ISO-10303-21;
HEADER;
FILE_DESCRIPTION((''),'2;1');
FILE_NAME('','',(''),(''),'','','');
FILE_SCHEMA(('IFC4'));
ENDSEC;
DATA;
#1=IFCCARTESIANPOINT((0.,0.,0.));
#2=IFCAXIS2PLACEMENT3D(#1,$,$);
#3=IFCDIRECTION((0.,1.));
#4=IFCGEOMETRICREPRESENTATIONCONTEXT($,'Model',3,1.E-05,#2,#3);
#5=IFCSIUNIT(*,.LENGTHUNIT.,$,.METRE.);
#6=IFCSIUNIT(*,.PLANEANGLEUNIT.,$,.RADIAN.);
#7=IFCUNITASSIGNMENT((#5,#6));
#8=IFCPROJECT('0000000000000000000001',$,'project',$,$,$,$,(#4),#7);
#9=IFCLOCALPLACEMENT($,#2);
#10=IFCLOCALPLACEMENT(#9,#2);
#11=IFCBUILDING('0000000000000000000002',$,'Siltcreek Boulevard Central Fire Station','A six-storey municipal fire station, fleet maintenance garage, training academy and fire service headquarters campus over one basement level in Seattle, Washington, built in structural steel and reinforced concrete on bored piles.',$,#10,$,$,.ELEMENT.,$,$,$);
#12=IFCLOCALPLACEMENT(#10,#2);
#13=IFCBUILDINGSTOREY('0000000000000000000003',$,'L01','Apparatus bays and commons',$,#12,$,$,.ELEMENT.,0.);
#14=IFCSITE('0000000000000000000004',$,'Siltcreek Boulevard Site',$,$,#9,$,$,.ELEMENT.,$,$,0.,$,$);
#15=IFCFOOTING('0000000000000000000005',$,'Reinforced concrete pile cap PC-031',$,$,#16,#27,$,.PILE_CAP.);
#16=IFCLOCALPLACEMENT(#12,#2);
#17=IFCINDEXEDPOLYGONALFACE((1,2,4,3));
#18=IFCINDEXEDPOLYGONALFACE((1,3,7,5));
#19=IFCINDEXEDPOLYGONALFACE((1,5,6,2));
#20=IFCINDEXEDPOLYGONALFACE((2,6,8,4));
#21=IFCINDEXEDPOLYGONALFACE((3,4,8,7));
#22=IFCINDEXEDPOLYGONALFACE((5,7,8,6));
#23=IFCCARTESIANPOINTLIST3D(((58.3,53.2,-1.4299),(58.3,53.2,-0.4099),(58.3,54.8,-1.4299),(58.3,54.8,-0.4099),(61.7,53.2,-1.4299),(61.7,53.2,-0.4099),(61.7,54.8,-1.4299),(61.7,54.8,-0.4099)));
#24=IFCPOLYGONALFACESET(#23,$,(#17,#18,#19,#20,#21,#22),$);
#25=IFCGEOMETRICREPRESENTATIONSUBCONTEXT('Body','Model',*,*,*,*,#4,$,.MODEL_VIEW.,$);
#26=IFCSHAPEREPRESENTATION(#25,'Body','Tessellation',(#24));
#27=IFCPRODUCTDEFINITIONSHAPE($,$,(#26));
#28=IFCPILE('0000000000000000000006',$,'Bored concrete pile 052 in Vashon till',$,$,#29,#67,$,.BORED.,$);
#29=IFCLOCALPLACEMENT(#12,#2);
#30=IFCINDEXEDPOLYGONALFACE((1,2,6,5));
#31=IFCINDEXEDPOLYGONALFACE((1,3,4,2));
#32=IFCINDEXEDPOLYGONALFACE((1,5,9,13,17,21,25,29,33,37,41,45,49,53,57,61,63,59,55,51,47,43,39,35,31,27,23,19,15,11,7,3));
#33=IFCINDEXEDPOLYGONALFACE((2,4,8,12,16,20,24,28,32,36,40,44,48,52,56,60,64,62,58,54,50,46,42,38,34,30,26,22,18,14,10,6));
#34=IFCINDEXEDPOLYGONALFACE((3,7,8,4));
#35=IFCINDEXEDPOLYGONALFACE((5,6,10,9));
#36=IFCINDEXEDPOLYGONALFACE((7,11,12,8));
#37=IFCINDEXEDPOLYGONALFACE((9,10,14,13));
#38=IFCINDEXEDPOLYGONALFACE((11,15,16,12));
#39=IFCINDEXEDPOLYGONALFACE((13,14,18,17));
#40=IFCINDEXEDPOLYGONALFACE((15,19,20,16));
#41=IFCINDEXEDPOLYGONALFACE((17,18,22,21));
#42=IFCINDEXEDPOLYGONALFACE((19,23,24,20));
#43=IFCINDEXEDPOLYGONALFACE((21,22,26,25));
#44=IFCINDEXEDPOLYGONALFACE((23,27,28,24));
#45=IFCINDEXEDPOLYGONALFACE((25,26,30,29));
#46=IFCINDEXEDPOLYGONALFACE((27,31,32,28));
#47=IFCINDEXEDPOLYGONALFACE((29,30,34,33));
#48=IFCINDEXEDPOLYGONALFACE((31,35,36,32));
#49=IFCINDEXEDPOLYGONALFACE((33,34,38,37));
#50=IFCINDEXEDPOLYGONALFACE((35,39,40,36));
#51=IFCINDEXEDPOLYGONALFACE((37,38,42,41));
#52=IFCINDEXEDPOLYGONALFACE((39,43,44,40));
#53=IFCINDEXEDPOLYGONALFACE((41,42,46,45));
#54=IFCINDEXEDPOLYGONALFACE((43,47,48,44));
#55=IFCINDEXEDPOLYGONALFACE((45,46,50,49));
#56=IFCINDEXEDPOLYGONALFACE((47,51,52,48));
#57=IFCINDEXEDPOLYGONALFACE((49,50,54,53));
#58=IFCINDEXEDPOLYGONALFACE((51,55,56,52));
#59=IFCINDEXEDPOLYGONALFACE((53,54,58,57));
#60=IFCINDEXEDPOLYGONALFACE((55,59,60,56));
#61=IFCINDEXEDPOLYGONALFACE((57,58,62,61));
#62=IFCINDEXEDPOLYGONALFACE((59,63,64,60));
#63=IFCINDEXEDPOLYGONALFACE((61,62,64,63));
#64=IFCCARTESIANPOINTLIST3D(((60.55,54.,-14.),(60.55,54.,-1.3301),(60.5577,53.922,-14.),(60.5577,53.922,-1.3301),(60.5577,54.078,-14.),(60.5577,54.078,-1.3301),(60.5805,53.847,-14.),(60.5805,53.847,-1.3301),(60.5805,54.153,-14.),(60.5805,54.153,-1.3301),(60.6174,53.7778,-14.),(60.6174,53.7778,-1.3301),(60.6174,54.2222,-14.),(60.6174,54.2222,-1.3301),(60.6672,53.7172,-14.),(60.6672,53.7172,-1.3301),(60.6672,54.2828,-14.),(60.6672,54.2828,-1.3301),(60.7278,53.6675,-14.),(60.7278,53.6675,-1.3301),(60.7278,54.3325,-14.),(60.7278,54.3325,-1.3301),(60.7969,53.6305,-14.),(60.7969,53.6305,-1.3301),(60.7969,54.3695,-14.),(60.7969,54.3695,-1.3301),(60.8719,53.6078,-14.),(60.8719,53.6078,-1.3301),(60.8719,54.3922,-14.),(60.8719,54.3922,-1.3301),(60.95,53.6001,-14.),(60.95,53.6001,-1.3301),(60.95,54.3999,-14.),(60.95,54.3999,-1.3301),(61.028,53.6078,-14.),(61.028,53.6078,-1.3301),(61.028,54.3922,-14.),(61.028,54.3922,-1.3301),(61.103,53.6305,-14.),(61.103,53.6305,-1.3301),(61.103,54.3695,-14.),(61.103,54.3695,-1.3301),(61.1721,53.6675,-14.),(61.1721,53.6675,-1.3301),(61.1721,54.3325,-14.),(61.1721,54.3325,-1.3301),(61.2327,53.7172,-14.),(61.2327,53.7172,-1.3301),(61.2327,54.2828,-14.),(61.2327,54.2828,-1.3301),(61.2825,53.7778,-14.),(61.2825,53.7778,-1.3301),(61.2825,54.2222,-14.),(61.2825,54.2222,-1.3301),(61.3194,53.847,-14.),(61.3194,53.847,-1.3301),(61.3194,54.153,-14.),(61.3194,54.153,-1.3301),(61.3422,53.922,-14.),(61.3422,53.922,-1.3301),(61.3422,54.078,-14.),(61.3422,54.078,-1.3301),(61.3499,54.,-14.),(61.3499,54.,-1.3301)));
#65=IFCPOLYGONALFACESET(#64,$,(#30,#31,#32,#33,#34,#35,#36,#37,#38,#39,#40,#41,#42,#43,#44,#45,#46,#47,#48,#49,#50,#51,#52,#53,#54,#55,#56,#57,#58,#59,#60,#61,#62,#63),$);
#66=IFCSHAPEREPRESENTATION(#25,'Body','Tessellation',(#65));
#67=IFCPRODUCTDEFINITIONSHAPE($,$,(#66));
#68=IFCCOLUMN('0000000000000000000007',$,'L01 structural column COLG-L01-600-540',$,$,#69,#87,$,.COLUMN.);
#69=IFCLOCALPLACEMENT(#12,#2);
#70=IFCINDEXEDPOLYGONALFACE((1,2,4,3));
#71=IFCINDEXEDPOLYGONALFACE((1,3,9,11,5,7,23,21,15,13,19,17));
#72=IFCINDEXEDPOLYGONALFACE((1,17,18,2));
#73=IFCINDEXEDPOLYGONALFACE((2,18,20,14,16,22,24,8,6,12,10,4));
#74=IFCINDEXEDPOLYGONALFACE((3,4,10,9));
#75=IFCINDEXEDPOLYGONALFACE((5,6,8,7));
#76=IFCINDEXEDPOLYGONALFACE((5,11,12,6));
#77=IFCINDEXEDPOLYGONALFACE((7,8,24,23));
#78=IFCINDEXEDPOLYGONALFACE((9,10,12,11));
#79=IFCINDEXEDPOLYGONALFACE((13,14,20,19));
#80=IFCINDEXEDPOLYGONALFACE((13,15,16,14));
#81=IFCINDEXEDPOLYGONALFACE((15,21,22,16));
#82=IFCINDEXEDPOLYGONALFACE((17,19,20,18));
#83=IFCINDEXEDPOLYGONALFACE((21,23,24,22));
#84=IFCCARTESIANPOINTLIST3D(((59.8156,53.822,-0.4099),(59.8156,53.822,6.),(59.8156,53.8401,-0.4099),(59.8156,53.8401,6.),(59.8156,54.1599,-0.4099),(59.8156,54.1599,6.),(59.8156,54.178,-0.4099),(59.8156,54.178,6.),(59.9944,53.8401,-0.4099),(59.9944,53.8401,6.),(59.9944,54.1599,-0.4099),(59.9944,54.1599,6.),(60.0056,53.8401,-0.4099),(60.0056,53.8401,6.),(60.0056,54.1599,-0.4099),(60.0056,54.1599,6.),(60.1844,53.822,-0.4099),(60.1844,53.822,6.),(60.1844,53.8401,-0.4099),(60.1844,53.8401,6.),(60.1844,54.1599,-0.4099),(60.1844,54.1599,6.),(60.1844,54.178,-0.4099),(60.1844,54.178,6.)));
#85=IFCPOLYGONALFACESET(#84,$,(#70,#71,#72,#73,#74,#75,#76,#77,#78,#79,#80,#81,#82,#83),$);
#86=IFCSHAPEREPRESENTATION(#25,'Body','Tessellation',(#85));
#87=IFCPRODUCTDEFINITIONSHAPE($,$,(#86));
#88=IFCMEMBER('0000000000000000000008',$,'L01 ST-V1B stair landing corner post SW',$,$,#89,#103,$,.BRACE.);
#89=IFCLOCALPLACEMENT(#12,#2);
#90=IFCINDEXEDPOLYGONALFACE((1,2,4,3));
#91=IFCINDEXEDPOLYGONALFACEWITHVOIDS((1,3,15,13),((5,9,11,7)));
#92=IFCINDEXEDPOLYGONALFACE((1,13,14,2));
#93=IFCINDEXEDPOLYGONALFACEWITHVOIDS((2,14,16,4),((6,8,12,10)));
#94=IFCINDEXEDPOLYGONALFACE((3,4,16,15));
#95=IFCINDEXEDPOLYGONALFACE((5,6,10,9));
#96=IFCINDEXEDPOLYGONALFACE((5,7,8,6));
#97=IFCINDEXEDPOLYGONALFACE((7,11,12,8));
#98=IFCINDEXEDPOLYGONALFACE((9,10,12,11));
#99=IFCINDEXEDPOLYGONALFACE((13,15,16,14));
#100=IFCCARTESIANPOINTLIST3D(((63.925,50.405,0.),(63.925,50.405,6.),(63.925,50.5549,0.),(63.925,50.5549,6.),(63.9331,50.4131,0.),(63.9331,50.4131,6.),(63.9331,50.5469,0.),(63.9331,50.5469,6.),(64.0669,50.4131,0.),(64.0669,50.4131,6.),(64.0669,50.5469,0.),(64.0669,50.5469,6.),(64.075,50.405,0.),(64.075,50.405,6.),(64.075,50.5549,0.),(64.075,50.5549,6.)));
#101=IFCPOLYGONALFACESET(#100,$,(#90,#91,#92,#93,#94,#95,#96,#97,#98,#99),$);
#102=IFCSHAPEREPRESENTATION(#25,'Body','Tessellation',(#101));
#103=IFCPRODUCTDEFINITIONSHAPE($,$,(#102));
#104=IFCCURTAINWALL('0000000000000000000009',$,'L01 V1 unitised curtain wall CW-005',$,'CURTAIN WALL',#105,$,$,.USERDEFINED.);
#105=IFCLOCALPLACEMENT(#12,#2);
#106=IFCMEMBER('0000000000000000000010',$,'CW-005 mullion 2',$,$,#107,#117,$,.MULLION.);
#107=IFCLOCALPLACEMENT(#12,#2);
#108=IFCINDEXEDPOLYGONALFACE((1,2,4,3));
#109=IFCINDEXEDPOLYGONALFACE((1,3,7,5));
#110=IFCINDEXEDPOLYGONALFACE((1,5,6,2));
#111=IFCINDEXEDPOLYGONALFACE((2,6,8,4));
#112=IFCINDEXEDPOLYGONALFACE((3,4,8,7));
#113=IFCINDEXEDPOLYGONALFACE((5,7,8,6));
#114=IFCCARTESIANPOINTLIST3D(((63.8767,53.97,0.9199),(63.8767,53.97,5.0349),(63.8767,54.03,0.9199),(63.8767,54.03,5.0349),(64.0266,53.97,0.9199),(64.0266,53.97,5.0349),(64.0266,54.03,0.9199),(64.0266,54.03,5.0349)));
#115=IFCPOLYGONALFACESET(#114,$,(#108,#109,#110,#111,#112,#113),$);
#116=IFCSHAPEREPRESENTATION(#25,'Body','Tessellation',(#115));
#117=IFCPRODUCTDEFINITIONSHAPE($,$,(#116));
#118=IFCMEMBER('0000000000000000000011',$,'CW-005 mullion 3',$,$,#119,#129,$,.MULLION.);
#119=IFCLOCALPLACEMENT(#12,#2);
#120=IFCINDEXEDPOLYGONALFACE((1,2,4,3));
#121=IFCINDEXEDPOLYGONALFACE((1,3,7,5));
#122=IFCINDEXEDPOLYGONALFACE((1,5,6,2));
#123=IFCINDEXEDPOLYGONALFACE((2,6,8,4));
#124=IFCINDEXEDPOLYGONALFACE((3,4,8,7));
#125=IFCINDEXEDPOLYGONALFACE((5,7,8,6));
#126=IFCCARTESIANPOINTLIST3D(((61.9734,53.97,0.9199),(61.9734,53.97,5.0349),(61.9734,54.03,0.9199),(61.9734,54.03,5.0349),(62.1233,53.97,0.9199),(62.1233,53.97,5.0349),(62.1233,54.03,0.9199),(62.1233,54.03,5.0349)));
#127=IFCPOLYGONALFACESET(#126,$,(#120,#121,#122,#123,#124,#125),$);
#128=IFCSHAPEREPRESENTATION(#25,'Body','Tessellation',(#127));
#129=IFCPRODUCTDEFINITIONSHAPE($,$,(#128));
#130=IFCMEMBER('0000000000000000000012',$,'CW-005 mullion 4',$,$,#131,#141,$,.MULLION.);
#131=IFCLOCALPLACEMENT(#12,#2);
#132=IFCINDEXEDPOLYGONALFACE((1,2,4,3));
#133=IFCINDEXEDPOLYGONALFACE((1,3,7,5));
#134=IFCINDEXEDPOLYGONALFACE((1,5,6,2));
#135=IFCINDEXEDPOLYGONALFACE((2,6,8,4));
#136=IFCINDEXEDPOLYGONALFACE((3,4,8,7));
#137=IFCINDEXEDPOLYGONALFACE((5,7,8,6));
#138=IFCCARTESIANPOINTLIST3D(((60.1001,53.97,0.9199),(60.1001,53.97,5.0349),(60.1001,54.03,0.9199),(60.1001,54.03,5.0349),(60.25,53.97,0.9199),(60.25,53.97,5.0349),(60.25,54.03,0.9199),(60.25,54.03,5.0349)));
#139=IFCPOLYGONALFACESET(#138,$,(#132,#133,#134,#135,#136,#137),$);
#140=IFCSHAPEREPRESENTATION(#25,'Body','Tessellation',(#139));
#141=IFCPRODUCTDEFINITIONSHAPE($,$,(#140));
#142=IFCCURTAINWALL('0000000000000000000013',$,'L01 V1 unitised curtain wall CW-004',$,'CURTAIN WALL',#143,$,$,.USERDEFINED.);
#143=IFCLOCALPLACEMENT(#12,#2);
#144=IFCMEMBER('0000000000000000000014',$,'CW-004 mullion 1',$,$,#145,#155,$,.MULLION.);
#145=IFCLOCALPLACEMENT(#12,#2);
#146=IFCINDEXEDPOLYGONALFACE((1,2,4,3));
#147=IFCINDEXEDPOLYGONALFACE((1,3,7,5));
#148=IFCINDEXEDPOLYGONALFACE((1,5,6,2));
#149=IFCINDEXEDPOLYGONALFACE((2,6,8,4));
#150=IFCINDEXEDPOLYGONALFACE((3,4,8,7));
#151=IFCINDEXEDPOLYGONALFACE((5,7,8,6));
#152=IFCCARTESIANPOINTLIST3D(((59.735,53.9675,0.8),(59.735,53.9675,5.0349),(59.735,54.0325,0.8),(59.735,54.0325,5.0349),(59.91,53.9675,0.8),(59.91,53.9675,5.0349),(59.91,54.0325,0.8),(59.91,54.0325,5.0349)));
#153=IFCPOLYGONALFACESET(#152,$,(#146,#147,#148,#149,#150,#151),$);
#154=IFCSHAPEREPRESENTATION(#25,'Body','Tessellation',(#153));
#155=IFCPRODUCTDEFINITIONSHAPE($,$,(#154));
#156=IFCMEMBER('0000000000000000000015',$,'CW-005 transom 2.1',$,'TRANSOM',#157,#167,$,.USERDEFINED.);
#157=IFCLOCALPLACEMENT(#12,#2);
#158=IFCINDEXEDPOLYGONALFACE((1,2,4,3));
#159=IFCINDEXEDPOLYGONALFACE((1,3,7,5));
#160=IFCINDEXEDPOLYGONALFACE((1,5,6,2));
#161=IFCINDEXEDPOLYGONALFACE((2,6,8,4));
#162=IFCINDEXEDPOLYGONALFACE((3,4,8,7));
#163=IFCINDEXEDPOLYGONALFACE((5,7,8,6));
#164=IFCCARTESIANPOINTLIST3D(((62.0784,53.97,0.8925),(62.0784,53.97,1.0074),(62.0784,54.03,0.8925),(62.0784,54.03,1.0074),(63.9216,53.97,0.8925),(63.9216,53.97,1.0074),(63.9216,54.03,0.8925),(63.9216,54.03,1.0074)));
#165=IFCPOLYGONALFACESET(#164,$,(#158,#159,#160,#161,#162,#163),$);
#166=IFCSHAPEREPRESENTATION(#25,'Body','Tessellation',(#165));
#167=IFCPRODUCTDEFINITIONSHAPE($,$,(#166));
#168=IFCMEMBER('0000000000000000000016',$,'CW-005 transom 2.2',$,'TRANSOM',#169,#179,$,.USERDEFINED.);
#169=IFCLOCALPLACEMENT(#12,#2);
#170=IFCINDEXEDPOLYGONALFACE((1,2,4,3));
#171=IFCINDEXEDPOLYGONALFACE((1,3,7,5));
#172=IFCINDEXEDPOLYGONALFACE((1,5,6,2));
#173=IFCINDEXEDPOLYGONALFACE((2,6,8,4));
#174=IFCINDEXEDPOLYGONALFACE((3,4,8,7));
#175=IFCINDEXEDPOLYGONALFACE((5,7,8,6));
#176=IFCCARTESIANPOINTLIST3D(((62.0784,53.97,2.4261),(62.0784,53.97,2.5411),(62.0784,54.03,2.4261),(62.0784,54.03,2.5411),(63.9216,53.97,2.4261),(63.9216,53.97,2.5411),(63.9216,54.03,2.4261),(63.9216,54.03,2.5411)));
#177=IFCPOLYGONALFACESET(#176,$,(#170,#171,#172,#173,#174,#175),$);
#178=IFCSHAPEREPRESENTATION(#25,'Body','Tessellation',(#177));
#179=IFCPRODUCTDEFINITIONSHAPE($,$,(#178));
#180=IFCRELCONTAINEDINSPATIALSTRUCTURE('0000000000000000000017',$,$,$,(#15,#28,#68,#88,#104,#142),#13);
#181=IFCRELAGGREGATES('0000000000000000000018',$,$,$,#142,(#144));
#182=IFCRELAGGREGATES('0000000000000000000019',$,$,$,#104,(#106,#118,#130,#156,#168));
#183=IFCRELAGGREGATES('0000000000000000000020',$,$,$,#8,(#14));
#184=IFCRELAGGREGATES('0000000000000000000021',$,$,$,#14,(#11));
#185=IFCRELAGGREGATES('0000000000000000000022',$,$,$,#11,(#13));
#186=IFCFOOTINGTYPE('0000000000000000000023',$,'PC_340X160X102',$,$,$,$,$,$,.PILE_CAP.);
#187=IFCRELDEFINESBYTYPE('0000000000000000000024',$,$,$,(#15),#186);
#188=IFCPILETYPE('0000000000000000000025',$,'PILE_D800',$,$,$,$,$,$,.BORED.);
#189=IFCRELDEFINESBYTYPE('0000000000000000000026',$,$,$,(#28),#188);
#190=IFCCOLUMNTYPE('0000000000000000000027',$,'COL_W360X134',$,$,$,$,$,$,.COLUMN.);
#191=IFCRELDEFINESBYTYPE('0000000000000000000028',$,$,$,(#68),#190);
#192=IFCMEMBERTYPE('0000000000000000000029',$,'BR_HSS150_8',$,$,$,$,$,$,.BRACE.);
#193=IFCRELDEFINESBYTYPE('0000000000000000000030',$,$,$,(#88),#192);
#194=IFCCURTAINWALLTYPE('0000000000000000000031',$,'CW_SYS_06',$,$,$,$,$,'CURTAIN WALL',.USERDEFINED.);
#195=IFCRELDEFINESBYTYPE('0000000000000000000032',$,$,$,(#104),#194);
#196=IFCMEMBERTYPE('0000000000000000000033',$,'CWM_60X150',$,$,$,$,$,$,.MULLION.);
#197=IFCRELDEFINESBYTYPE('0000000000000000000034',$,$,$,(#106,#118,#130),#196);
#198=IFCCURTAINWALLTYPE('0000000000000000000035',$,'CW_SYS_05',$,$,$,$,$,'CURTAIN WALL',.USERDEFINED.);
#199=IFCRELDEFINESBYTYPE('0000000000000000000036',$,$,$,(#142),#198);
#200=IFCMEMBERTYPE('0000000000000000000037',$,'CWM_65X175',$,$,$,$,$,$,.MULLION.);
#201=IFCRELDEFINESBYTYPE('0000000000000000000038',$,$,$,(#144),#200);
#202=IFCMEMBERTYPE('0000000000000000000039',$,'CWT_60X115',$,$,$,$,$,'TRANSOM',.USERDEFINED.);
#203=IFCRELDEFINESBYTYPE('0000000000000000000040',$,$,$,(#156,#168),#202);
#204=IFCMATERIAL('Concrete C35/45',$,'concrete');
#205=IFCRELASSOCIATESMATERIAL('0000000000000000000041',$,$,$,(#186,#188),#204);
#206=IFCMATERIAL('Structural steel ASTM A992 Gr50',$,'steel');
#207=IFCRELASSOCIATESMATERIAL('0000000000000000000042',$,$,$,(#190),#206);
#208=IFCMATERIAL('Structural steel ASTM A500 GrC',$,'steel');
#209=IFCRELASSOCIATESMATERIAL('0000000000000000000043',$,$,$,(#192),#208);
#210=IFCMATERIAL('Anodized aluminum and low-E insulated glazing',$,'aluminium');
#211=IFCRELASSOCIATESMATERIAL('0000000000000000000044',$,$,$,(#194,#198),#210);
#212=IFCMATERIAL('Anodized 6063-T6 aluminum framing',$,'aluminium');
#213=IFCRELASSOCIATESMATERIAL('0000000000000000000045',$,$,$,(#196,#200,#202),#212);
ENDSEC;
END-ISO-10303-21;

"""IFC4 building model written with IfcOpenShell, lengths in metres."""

from ifc_helpers import new_model, si_unit, direction, frame, origin, origin_2d, place, context, subcontext, project, spatial, rectangle, hollow_rectangle, circle, i_section, extrude, material, material_profile, profile_set, type_object, element, aggregate, save


model = new_model("IFC4")

# Units and contexts
model_context = context("Model", 3, precision=1e-05, world=origin(), true_north=direction((0.0, 1.0)))
body_context = subcontext(model_context, "Body", "Model", "MODEL_VIEW")
ifc_project = project(units=[si_unit("LENGTHUNIT", "METRE"), si_unit("PLANEANGLEUNIT", "RADIAN")], contexts=[model_context])

# Site, building, storey
site_placement = place(None, origin())
site = spatial("IfcSite", under=ifc_project, at=site_placement, Name="Siltcreek Boulevard Site", CompositionType="ELEMENT", RefElevation=0.0)
building_placement = place(site_placement, origin())
building = spatial("IfcBuilding", under=site, at=building_placement, Name="Siltcreek Boulevard Central Fire Station", Description="A six-storey municipal fire station, fleet maintenance garage, training academy and fire service headquarters campus over one basement level in Seattle, Washington, built in structural steel and reinforced concrete on bored piles.", CompositionType="ELEMENT")
storey_placement = place(building_placement, origin())
storey = spatial("IfcBuildingStorey", under=building, at=storey_placement, Name="L01", Description="Apparatus bays and commons", CompositionType="ELEMENT", Elevation=0.0)

# Footing
ifc_material_1 = material(Name="Concrete C35/45", Category="concrete")
footing_type = type_object("IfcFootingType", Name="PC_340X160X102", PredefinedType="PILE_CAP", material=ifc_material_1)
footing_placement = place(storey_placement, frame((60.0, 54.0, -1.4299), z_axis=(0.0, 0.0, 1.0), x_axis=(1.0, 0.0, 0.0)))
element("IfcFooting", 1, at=footing_placement, inside=storey, type_object=footing_type, Name="Reinforced concrete pile cap PC-031", PredefinedType="PILE_CAP", context=body_context, shape_type="SweptSolid", body=[
    extrude(rectangle(XDim=3.3999, YDim=1.6001, at=origin_2d()), origin(), (0.0, 0.0, 1.0), 1.02),
])

# Pile
ifc_material_profile_1 = material_profile(ifc_material_1, circle(Radius=0.3999, at=origin_2d()), Name="SHAFT800")
ifc_profile_set_1 = profile_set([ifc_material_profile_1], Name="Concrete C35/45")
pile_type = type_object("IfcPileType", Name="PILE_D800", PredefinedType="BORED", material=ifc_profile_set_1)
pile_placement = place(storey_placement, frame((60.95, 54.0, -1.3301), z_axis=(0.0, 0.0, -1.0), x_axis=(1.0, 0.0, 0.0)))
element("IfcPile", 2, at=pile_placement, inside=storey, type_object=pile_type, Name="Bored concrete pile 052 in Vashon till", PredefinedType="BORED", context=body_context, shape_type="SweptSolid", body=[
    extrude(circle(Radius=0.3999, at=origin_2d()), origin(), (0.0, 0.0, 1.0), 12.6699),
])

# Column
ifc_material_2 = material(Name="Structural steel ASTM A992 Gr50", Category="steel")
ifc_material_profile_2 = material_profile(ifc_material_2, i_section(OverallWidth=0.3689, OverallDepth=0.356, WebThickness=0.0112, FlangeThickness=0.0181, at=origin_2d()), Name="W360X134")
ifc_profile_set_2 = profile_set([ifc_material_profile_2], Name="Structural steel ASTM A992 Gr50")
column_type = type_object("IfcColumnType", Name="COL_W360X134", PredefinedType="COLUMN", material=ifc_profile_set_2)
column_placement = place(storey_placement, frame((60.0, 54.0, -0.4099), z_axis=(0.0, 0.0, 1.0), x_axis=(1.0, 0.0, 0.0)))
element("IfcColumn", 3, at=column_placement, inside=storey, type_object=column_type, Name="L01 structural column COLG-L01-600-540", PredefinedType="COLUMN", context=body_context, shape_type="SweptSolid", body=[
    extrude(i_section(OverallWidth=0.3689, OverallDepth=0.356, WebThickness=0.0112, FlangeThickness=0.0181, at=origin_2d()), origin(), (0.0, 0.0, 1.0), 6.4099),
])

# Member
ifc_material_3 = material(Name="Structural steel ASTM A500 GrC", Category="steel")
ifc_material_profile_3 = material_profile(ifc_material_3, hollow_rectangle(XDim=0.1499, YDim=0.1499, WallThickness=0.0081, at=origin_2d()), Name="HSS150X150X8.0")
ifc_profile_set_3 = profile_set([ifc_material_profile_3], Name="Structural steel ASTM A500 GrC")
member_type_1 = type_object("IfcMemberType", Name="BR_HSS150_8", PredefinedType="BRACE", material=ifc_profile_set_3)
member_1_placement = place(storey_placement, frame((64.0, 50.48, 0.0), z_axis=(0.0, 0.0, 1.0), x_axis=(1.0, 0.0, 0.0)))
element("IfcMember", 4, at=member_1_placement, inside=storey, type_object=member_type_1, Name="L01 ST-V1B stair landing corner post SW", PredefinedType="BRACE", context=body_context, shape_type="SweptSolid", body=[
    extrude(hollow_rectangle(XDim=0.1499, YDim=0.1499, WallThickness=0.0081, at=origin_2d()), origin(), (0.0, 0.0, 1.0), 6.0),
])

# Curtain wall, members
ifc_material_4 = material(Name="Anodized aluminum and low-E insulated glazing", Category="aluminium")
curtain_wall_type_1 = type_object("IfcCurtainWallType", Name="CW_SYS_06", ElementType="CURTAIN WALL", PredefinedType="USERDEFINED", material=ifc_material_4)
curtain_wall_1_placement = place(storey_placement, origin())
curtain_wall_1 = element("IfcCurtainWall", 5, at=curtain_wall_1_placement, inside=storey, type_object=curtain_wall_type_1, Name="L01 V1 unitised curtain wall CW-005", ObjectType="CURTAIN WALL", PredefinedType="USERDEFINED")
ifc_material_5 = material(Name="Anodized 6063-T6 aluminum framing", Category="aluminium")
ifc_material_profile_4 = material_profile(ifc_material_5, rectangle(XDim=0.0601, YDim=0.1499, at=origin_2d()), Name="MULL60X150")
ifc_profile_set_4 = profile_set([ifc_material_profile_4], Name="Anodized 6063-T6 aluminum framing")
member_type_2 = type_object("IfcMemberType", Name="CWM_60X150", PredefinedType="MULLION", material=ifc_profile_set_4)
member_2_placement = place(storey_placement, frame((63.9517, 54.0, 0.9199), z_axis=(0.0, 0.0, 1.0), x_axis=(0.0, -1.0, 0.0)))
member_2 = element("IfcMember", 6, at=member_2_placement, type_object=member_type_2, Name="CW-005 mullion 2", PredefinedType="MULLION", context=body_context, shape_type="SweptSolid", body=[
    extrude(rectangle(XDim=0.0601, YDim=0.1499, at=origin_2d()), origin(), (0.0, 0.0, 1.0), 4.115),
])
member_3_placement = place(storey_placement, frame((62.0483, 54.0, 0.9199), z_axis=(0.0, 0.0, 1.0), x_axis=(0.0, -1.0, 0.0)))
member_3 = element("IfcMember", 7, at=member_3_placement, type_object=member_type_2, Name="CW-005 mullion 3", PredefinedType="MULLION", context=body_context, shape_type="SweptSolid", body=[
    extrude(rectangle(XDim=0.0601, YDim=0.1499, at=origin_2d()), origin(), (0.0, 0.0, 1.0), 4.115),
])
member_4_placement = place(storey_placement, frame((60.175, 54.0, 0.9199), z_axis=(0.0, 0.0, 1.0), x_axis=(0.0, -1.0, 0.0)))
member_4 = element("IfcMember", 8, at=member_4_placement, type_object=member_type_2, Name="CW-005 mullion 4", PredefinedType="MULLION", context=body_context, shape_type="SweptSolid", body=[
    extrude(rectangle(XDim=0.0601, YDim=0.1499, at=origin_2d()), origin(), (0.0, 0.0, 1.0), 4.115),
])

# Curtain wall, member
curtain_wall_type_2 = type_object("IfcCurtainWallType", Name="CW_SYS_05", ElementType="CURTAIN WALL", PredefinedType="USERDEFINED", material=ifc_material_4)
curtain_wall_2_placement = place(storey_placement, origin())
curtain_wall_2 = element("IfcCurtainWall", 9, at=curtain_wall_2_placement, inside=storey, type_object=curtain_wall_type_2, Name="L01 V1 unitised curtain wall CW-004", ObjectType="CURTAIN WALL", PredefinedType="USERDEFINED")
ifc_material_profile_5 = material_profile(ifc_material_5, rectangle(XDim=0.0649, YDim=0.175, at=origin_2d()), Name="MULL65X175")
ifc_profile_set_5 = profile_set([ifc_material_profile_5], Name="Anodized 6063-T6 aluminum framing")
member_type_3 = type_object("IfcMemberType", Name="CWM_65X175", PredefinedType="MULLION", material=ifc_profile_set_5)
member_5_placement = place(storey_placement, frame((59.8225, 54.0, 0.8), z_axis=(0.0, 0.0, 1.0), x_axis=(0.0, -1.0, 0.0)))
member_5 = element("IfcMember", 10, at=member_5_placement, type_object=member_type_3, Name="CW-004 mullion 1", PredefinedType="MULLION", context=body_context, shape_type="SweptSolid", body=[
    extrude(rectangle(XDim=0.0649, YDim=0.175, at=origin_2d()), origin(), (0.0, 0.0, 1.0), 4.2349),
])

# Members
ifc_material_profile_6 = material_profile(ifc_material_5, rectangle(XDim=0.0601, YDim=0.115, at=origin_2d()), Name="TRAN60X115")
ifc_profile_set_6 = profile_set([ifc_material_profile_6], Name="Anodized 6063-T6 aluminum framing")
member_type_4 = type_object("IfcMemberType", Name="CWT_60X115", ElementType="TRANSOM", PredefinedType="USERDEFINED", material=ifc_profile_set_6)
member_6_placement = place(storey_placement, frame((63.9216, 54.0, 0.95), z_axis=(-1.0, 0.0, 0.0), x_axis=(0.0, -1.0, 0.0)))
member_6 = element("IfcMember", 11, at=member_6_placement, type_object=member_type_4, Name="CW-005 transom 2.1", ObjectType="TRANSOM", PredefinedType="USERDEFINED", context=body_context, shape_type="SweptSolid", body=[
    extrude(rectangle(XDim=0.0601, YDim=0.115, at=origin_2d()), origin(), (0.0, 0.0, 1.0), 1.8433),
])
member_7_placement = place(storey_placement, frame((63.9216, 54.0, 2.4836), z_axis=(-1.0, 0.0, 0.0), x_axis=(0.0, -1.0, 0.0)))
member_7 = element("IfcMember", 12, at=member_7_placement, type_object=member_type_4, Name="CW-005 transom 2.2", ObjectType="TRANSOM", PredefinedType="USERDEFINED", context=body_context, shape_type="SweptSolid", body=[
    extrude(rectangle(XDim=0.0601, YDim=0.115, at=origin_2d()), origin(), (0.0, 0.0, 1.0), 1.8433),
])
aggregate(curtain_wall_2, [member_5])

aggregate(curtain_wall_1, [member_2, member_3, member_4, member_6, member_7])

save(model, "model.ifc")
